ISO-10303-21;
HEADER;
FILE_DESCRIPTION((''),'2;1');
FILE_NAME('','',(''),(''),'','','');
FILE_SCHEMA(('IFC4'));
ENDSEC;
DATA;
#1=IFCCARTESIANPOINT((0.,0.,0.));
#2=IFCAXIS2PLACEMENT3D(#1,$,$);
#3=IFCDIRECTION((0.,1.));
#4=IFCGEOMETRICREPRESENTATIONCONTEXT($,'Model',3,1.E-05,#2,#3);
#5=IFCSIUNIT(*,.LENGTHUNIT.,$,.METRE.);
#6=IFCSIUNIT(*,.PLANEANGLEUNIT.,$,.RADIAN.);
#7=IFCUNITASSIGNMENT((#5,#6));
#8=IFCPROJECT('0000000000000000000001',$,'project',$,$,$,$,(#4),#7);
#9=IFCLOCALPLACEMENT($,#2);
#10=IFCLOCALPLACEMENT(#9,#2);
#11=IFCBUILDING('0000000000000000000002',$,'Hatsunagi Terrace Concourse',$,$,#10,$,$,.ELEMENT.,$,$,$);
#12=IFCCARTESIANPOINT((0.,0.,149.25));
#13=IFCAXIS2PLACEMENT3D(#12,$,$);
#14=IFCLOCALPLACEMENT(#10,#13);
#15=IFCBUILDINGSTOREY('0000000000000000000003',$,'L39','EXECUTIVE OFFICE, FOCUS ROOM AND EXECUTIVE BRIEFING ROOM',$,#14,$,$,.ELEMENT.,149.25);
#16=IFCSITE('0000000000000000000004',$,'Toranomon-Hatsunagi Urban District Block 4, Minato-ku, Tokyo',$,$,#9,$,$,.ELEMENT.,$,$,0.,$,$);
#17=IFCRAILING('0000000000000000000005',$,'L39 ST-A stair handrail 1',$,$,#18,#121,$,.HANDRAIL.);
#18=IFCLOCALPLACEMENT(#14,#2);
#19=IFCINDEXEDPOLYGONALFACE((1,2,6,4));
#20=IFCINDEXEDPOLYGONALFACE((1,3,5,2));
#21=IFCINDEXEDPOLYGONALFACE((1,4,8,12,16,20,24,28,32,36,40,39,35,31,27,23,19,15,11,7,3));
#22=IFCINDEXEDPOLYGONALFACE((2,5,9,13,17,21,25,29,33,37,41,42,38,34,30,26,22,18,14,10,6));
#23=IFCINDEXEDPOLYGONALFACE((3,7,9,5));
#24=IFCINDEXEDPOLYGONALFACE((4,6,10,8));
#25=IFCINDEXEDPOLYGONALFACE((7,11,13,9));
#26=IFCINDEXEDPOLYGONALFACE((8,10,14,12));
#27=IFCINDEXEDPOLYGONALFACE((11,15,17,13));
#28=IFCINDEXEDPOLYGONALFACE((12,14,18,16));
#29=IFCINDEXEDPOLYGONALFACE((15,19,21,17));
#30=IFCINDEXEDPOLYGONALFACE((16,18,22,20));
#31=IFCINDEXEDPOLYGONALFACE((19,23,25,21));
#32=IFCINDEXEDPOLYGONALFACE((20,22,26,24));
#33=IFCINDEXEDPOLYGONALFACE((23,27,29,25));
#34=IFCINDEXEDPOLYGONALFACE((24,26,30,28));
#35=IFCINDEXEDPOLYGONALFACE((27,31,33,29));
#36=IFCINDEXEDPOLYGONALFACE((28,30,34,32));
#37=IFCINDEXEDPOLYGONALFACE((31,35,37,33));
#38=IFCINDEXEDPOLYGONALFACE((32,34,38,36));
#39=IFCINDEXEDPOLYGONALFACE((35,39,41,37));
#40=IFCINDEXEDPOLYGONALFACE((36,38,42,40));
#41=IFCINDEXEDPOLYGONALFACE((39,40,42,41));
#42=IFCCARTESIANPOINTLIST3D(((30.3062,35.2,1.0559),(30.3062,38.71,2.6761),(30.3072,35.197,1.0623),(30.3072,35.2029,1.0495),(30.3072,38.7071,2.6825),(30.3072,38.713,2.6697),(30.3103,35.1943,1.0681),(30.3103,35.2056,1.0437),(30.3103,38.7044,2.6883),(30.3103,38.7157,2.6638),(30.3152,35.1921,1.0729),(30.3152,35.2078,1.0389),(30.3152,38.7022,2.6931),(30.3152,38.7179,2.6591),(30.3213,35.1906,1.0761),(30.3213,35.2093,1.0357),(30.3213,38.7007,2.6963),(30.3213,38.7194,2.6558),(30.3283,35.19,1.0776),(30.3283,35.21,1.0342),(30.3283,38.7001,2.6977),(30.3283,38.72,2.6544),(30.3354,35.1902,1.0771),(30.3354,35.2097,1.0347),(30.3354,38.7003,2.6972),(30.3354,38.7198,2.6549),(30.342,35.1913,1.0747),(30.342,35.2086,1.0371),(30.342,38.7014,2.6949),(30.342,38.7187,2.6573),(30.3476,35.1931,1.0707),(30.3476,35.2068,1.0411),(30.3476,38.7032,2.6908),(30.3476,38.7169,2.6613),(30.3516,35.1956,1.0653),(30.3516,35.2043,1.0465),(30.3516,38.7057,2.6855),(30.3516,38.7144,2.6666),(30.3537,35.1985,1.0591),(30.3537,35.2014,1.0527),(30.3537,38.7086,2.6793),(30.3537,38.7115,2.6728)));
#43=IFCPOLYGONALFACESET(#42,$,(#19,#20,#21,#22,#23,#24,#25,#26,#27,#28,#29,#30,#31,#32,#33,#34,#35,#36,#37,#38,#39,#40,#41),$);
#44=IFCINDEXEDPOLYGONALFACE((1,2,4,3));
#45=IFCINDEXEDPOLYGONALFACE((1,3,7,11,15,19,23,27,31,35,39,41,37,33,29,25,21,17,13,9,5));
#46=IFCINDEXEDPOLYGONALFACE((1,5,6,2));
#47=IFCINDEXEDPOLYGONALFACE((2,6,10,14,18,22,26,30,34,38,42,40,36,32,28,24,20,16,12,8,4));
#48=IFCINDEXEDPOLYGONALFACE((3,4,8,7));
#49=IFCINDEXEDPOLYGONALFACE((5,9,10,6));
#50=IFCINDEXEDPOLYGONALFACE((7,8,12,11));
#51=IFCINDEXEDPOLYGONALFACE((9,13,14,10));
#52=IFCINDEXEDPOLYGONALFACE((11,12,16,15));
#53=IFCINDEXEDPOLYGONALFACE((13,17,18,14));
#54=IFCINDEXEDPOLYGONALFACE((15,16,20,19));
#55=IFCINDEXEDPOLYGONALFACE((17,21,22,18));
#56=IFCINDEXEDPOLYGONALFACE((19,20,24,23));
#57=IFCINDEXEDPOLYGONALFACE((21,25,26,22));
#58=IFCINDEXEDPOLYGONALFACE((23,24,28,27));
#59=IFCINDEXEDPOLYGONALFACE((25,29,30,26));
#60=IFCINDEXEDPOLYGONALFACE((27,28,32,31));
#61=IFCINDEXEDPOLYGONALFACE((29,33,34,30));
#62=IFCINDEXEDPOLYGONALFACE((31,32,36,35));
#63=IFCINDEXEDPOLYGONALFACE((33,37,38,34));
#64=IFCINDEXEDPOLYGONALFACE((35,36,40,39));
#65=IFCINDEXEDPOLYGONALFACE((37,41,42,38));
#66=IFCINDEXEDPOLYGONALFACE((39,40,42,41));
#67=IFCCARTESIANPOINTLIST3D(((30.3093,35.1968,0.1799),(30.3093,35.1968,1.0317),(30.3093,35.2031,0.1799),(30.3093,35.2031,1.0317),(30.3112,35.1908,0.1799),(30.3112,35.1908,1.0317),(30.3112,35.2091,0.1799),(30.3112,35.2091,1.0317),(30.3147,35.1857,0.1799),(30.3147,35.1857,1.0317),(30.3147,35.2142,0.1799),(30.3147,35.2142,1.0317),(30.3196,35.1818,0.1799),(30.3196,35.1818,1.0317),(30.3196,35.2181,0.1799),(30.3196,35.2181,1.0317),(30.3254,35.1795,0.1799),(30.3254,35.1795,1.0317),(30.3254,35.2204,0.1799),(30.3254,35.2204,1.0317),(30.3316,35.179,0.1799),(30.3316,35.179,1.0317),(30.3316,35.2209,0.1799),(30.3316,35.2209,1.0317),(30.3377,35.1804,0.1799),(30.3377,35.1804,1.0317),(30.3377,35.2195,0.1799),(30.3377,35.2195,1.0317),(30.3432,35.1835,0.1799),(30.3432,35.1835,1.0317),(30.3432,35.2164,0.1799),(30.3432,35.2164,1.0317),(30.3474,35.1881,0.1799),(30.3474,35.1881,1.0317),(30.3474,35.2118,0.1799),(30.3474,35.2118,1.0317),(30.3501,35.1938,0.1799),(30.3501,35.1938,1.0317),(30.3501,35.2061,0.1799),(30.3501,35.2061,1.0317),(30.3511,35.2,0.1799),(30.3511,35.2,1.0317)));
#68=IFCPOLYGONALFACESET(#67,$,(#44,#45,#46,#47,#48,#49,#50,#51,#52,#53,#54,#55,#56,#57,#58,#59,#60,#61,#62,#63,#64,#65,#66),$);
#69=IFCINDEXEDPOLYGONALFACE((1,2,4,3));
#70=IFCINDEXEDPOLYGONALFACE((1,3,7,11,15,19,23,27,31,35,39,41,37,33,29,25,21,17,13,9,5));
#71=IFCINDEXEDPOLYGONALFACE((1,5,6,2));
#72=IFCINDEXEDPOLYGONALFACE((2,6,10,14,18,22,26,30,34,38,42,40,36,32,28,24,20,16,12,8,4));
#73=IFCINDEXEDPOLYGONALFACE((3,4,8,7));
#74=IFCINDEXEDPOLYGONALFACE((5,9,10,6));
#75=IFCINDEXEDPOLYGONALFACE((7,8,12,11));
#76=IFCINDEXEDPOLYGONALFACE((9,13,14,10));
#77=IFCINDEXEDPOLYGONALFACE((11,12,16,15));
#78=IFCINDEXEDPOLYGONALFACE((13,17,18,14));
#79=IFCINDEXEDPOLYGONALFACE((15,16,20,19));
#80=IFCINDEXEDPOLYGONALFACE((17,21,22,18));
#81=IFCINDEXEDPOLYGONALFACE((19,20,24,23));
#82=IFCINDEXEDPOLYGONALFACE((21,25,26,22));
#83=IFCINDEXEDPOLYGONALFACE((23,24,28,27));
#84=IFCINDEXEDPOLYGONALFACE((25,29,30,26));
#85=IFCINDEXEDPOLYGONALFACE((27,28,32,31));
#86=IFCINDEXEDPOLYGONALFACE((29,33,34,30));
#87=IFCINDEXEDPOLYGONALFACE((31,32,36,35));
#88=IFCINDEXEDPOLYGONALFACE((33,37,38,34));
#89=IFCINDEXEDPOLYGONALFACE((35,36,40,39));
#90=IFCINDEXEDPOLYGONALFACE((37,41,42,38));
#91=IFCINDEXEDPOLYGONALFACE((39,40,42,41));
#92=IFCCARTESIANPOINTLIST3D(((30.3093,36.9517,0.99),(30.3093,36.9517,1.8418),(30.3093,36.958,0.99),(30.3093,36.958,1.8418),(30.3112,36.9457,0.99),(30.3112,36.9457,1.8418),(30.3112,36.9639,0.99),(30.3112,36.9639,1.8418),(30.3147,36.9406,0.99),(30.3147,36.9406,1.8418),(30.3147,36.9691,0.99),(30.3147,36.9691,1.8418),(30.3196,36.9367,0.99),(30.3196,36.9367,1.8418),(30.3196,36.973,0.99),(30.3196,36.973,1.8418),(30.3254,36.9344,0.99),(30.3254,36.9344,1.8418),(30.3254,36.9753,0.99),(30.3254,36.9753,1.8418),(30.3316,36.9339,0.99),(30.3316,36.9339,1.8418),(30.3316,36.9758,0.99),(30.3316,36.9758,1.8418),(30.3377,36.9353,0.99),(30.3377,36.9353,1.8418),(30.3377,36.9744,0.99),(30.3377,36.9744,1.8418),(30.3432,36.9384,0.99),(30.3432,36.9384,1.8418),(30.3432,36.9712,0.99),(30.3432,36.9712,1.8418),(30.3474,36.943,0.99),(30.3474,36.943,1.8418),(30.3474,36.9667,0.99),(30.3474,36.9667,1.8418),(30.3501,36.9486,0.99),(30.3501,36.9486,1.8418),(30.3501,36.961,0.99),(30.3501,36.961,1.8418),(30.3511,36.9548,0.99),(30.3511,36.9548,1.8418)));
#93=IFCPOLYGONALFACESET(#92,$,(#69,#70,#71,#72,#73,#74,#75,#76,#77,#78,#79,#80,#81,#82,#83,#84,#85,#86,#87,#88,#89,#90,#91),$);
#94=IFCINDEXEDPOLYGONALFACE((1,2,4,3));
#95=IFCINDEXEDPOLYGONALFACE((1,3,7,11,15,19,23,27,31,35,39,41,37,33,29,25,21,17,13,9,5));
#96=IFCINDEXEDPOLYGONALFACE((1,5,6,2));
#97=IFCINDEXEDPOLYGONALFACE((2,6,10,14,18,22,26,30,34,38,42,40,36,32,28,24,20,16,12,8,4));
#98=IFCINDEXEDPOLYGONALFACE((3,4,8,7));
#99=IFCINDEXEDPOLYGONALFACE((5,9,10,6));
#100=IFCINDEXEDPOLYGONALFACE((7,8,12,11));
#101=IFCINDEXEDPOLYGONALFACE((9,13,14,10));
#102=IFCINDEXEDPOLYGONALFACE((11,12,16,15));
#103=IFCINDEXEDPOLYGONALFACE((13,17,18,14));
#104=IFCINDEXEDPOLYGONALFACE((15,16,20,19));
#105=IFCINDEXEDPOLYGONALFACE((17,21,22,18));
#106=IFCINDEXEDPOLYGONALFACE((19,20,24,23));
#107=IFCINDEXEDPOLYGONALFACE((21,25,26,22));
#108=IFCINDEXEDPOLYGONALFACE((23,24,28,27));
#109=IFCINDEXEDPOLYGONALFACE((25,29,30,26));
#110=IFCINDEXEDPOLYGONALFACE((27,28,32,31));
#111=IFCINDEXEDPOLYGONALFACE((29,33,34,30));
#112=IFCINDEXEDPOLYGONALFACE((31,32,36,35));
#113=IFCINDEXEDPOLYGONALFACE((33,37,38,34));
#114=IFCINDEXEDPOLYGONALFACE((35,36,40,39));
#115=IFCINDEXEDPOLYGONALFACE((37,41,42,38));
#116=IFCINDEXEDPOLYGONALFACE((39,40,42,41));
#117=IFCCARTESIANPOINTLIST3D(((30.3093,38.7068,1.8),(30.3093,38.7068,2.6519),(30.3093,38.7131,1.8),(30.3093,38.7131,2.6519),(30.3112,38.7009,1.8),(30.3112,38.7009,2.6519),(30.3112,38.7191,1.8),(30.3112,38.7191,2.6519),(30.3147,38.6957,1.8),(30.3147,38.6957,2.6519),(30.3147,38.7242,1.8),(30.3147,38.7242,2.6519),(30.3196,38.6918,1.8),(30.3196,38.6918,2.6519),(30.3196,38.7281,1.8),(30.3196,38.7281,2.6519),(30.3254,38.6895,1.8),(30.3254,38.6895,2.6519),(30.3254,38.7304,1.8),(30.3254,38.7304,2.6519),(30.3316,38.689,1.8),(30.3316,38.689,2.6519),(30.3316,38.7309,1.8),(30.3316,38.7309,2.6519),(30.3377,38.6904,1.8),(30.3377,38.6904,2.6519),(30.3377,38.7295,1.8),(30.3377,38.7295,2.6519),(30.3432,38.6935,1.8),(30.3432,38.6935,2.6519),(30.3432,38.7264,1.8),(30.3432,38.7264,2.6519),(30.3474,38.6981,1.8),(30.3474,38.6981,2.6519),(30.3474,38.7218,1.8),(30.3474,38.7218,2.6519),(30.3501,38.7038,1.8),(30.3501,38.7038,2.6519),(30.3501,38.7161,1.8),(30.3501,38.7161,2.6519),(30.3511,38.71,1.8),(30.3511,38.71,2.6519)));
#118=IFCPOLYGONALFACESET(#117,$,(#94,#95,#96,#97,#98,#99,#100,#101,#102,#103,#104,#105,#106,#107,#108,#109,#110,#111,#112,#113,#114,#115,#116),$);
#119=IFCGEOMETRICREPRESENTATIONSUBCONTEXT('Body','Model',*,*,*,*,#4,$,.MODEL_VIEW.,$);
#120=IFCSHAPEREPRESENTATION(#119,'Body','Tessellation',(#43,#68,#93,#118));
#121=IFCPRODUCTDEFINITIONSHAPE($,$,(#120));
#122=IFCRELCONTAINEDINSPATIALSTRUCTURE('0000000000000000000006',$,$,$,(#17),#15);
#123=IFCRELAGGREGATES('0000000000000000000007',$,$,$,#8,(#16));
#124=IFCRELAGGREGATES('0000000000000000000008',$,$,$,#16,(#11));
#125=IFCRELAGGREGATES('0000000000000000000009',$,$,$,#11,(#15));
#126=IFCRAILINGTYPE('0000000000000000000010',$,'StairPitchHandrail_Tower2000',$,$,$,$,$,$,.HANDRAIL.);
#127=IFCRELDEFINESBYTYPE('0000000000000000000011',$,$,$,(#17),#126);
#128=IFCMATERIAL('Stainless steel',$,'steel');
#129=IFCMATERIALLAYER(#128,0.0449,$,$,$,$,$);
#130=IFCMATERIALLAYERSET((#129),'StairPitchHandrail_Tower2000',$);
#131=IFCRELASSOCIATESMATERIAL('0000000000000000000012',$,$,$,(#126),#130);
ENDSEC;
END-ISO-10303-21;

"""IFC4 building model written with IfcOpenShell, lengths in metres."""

from ifc_helpers import new_model, si_unit, direction, frame, origin, origin_2d, place, context, subcontext, project, spatial, circle, extrude, material, layer, layer_set, type_object, element, save


model = new_model("IFC4")

# Units and contexts
model_context = context("Model", 3, precision=1e-05, world=origin(), true_north=direction((0.0, 1.0)))
body_context = subcontext(model_context, "Body", "Model", "MODEL_VIEW")
ifc_project = project(units=[si_unit("LENGTHUNIT", "METRE"), si_unit("PLANEANGLEUNIT", "RADIAN")], contexts=[model_context])

# Site, building, storey
site_placement = place(None, origin())
site = spatial("IfcSite", under=ifc_project, at=site_placement, Name="Toranomon-Hatsunagi Urban District Block 4, Minato-ku, Tokyo", CompositionType="ELEMENT", RefElevation=0.0)
building_placement = place(site_placement, origin())
building = spatial("IfcBuilding", under=site, at=building_placement, Name="Hatsunagi Terrace Concourse", CompositionType="ELEMENT")
storey_placement = place(building_placement, frame((0.0, 0.0, 149.25)))
storey = spatial("IfcBuildingStorey", under=building, at=storey_placement, Name="L39", Description="EXECUTIVE OFFICE, FOCUS ROOM AND EXECUTIVE BRIEFING ROOM", CompositionType="ELEMENT", Elevation=149.25)

# Railing
ifc_material_1 = material(Name="Stainless steel", Category="steel")
ifc_layer_1 = layer(ifc_material_1, 0.0449)
ifc_layer_set_1 = layer_set([ifc_layer_1], Name="StairPitchHandrail_Tower2000")
railing_type_1 = type_object("IfcRailingType", Name="StairPitchHandrail_Tower2000", PredefinedType="HANDRAIL", material=ifc_layer_set_1)
railing_1_placement = place(storey_placement, frame((30.3301, 35.2, 0.1799)))
element("IfcRailing", 1, at=railing_1_placement, inside=storey, type_object=railing_type_1, Name="L39 ST-A stair handrail 1", PredefinedType="HANDRAIL", context=body_context, shape_type="SweptSolid", body=[
    extrude(circle(Radius=0.0239, at=origin_2d()), frame((0.0, 0.0, 0.876), z_axis=(0.0, 0.907948, 0.419082), x_axis=(-1.0, 0.0, 0.0)), (0.0, 0.0, 1.0), 3.866),
    extrude(circle(Radius=0.021, at=origin_2d()), origin(), (0.0, 0.0, 1.0), 0.8518),
    extrude(circle(Radius=0.021, at=origin_2d()), frame((0.0, 1.7549, 0.8101)), (0.0, 0.0, 1.0), 0.8518),
    extrude(circle(Radius=0.021, at=origin_2d()), frame((0.0, 3.51, 1.6201)), (0.0, 0.0, 1.0), 0.8518),
])

save(model, "model.ifc")
